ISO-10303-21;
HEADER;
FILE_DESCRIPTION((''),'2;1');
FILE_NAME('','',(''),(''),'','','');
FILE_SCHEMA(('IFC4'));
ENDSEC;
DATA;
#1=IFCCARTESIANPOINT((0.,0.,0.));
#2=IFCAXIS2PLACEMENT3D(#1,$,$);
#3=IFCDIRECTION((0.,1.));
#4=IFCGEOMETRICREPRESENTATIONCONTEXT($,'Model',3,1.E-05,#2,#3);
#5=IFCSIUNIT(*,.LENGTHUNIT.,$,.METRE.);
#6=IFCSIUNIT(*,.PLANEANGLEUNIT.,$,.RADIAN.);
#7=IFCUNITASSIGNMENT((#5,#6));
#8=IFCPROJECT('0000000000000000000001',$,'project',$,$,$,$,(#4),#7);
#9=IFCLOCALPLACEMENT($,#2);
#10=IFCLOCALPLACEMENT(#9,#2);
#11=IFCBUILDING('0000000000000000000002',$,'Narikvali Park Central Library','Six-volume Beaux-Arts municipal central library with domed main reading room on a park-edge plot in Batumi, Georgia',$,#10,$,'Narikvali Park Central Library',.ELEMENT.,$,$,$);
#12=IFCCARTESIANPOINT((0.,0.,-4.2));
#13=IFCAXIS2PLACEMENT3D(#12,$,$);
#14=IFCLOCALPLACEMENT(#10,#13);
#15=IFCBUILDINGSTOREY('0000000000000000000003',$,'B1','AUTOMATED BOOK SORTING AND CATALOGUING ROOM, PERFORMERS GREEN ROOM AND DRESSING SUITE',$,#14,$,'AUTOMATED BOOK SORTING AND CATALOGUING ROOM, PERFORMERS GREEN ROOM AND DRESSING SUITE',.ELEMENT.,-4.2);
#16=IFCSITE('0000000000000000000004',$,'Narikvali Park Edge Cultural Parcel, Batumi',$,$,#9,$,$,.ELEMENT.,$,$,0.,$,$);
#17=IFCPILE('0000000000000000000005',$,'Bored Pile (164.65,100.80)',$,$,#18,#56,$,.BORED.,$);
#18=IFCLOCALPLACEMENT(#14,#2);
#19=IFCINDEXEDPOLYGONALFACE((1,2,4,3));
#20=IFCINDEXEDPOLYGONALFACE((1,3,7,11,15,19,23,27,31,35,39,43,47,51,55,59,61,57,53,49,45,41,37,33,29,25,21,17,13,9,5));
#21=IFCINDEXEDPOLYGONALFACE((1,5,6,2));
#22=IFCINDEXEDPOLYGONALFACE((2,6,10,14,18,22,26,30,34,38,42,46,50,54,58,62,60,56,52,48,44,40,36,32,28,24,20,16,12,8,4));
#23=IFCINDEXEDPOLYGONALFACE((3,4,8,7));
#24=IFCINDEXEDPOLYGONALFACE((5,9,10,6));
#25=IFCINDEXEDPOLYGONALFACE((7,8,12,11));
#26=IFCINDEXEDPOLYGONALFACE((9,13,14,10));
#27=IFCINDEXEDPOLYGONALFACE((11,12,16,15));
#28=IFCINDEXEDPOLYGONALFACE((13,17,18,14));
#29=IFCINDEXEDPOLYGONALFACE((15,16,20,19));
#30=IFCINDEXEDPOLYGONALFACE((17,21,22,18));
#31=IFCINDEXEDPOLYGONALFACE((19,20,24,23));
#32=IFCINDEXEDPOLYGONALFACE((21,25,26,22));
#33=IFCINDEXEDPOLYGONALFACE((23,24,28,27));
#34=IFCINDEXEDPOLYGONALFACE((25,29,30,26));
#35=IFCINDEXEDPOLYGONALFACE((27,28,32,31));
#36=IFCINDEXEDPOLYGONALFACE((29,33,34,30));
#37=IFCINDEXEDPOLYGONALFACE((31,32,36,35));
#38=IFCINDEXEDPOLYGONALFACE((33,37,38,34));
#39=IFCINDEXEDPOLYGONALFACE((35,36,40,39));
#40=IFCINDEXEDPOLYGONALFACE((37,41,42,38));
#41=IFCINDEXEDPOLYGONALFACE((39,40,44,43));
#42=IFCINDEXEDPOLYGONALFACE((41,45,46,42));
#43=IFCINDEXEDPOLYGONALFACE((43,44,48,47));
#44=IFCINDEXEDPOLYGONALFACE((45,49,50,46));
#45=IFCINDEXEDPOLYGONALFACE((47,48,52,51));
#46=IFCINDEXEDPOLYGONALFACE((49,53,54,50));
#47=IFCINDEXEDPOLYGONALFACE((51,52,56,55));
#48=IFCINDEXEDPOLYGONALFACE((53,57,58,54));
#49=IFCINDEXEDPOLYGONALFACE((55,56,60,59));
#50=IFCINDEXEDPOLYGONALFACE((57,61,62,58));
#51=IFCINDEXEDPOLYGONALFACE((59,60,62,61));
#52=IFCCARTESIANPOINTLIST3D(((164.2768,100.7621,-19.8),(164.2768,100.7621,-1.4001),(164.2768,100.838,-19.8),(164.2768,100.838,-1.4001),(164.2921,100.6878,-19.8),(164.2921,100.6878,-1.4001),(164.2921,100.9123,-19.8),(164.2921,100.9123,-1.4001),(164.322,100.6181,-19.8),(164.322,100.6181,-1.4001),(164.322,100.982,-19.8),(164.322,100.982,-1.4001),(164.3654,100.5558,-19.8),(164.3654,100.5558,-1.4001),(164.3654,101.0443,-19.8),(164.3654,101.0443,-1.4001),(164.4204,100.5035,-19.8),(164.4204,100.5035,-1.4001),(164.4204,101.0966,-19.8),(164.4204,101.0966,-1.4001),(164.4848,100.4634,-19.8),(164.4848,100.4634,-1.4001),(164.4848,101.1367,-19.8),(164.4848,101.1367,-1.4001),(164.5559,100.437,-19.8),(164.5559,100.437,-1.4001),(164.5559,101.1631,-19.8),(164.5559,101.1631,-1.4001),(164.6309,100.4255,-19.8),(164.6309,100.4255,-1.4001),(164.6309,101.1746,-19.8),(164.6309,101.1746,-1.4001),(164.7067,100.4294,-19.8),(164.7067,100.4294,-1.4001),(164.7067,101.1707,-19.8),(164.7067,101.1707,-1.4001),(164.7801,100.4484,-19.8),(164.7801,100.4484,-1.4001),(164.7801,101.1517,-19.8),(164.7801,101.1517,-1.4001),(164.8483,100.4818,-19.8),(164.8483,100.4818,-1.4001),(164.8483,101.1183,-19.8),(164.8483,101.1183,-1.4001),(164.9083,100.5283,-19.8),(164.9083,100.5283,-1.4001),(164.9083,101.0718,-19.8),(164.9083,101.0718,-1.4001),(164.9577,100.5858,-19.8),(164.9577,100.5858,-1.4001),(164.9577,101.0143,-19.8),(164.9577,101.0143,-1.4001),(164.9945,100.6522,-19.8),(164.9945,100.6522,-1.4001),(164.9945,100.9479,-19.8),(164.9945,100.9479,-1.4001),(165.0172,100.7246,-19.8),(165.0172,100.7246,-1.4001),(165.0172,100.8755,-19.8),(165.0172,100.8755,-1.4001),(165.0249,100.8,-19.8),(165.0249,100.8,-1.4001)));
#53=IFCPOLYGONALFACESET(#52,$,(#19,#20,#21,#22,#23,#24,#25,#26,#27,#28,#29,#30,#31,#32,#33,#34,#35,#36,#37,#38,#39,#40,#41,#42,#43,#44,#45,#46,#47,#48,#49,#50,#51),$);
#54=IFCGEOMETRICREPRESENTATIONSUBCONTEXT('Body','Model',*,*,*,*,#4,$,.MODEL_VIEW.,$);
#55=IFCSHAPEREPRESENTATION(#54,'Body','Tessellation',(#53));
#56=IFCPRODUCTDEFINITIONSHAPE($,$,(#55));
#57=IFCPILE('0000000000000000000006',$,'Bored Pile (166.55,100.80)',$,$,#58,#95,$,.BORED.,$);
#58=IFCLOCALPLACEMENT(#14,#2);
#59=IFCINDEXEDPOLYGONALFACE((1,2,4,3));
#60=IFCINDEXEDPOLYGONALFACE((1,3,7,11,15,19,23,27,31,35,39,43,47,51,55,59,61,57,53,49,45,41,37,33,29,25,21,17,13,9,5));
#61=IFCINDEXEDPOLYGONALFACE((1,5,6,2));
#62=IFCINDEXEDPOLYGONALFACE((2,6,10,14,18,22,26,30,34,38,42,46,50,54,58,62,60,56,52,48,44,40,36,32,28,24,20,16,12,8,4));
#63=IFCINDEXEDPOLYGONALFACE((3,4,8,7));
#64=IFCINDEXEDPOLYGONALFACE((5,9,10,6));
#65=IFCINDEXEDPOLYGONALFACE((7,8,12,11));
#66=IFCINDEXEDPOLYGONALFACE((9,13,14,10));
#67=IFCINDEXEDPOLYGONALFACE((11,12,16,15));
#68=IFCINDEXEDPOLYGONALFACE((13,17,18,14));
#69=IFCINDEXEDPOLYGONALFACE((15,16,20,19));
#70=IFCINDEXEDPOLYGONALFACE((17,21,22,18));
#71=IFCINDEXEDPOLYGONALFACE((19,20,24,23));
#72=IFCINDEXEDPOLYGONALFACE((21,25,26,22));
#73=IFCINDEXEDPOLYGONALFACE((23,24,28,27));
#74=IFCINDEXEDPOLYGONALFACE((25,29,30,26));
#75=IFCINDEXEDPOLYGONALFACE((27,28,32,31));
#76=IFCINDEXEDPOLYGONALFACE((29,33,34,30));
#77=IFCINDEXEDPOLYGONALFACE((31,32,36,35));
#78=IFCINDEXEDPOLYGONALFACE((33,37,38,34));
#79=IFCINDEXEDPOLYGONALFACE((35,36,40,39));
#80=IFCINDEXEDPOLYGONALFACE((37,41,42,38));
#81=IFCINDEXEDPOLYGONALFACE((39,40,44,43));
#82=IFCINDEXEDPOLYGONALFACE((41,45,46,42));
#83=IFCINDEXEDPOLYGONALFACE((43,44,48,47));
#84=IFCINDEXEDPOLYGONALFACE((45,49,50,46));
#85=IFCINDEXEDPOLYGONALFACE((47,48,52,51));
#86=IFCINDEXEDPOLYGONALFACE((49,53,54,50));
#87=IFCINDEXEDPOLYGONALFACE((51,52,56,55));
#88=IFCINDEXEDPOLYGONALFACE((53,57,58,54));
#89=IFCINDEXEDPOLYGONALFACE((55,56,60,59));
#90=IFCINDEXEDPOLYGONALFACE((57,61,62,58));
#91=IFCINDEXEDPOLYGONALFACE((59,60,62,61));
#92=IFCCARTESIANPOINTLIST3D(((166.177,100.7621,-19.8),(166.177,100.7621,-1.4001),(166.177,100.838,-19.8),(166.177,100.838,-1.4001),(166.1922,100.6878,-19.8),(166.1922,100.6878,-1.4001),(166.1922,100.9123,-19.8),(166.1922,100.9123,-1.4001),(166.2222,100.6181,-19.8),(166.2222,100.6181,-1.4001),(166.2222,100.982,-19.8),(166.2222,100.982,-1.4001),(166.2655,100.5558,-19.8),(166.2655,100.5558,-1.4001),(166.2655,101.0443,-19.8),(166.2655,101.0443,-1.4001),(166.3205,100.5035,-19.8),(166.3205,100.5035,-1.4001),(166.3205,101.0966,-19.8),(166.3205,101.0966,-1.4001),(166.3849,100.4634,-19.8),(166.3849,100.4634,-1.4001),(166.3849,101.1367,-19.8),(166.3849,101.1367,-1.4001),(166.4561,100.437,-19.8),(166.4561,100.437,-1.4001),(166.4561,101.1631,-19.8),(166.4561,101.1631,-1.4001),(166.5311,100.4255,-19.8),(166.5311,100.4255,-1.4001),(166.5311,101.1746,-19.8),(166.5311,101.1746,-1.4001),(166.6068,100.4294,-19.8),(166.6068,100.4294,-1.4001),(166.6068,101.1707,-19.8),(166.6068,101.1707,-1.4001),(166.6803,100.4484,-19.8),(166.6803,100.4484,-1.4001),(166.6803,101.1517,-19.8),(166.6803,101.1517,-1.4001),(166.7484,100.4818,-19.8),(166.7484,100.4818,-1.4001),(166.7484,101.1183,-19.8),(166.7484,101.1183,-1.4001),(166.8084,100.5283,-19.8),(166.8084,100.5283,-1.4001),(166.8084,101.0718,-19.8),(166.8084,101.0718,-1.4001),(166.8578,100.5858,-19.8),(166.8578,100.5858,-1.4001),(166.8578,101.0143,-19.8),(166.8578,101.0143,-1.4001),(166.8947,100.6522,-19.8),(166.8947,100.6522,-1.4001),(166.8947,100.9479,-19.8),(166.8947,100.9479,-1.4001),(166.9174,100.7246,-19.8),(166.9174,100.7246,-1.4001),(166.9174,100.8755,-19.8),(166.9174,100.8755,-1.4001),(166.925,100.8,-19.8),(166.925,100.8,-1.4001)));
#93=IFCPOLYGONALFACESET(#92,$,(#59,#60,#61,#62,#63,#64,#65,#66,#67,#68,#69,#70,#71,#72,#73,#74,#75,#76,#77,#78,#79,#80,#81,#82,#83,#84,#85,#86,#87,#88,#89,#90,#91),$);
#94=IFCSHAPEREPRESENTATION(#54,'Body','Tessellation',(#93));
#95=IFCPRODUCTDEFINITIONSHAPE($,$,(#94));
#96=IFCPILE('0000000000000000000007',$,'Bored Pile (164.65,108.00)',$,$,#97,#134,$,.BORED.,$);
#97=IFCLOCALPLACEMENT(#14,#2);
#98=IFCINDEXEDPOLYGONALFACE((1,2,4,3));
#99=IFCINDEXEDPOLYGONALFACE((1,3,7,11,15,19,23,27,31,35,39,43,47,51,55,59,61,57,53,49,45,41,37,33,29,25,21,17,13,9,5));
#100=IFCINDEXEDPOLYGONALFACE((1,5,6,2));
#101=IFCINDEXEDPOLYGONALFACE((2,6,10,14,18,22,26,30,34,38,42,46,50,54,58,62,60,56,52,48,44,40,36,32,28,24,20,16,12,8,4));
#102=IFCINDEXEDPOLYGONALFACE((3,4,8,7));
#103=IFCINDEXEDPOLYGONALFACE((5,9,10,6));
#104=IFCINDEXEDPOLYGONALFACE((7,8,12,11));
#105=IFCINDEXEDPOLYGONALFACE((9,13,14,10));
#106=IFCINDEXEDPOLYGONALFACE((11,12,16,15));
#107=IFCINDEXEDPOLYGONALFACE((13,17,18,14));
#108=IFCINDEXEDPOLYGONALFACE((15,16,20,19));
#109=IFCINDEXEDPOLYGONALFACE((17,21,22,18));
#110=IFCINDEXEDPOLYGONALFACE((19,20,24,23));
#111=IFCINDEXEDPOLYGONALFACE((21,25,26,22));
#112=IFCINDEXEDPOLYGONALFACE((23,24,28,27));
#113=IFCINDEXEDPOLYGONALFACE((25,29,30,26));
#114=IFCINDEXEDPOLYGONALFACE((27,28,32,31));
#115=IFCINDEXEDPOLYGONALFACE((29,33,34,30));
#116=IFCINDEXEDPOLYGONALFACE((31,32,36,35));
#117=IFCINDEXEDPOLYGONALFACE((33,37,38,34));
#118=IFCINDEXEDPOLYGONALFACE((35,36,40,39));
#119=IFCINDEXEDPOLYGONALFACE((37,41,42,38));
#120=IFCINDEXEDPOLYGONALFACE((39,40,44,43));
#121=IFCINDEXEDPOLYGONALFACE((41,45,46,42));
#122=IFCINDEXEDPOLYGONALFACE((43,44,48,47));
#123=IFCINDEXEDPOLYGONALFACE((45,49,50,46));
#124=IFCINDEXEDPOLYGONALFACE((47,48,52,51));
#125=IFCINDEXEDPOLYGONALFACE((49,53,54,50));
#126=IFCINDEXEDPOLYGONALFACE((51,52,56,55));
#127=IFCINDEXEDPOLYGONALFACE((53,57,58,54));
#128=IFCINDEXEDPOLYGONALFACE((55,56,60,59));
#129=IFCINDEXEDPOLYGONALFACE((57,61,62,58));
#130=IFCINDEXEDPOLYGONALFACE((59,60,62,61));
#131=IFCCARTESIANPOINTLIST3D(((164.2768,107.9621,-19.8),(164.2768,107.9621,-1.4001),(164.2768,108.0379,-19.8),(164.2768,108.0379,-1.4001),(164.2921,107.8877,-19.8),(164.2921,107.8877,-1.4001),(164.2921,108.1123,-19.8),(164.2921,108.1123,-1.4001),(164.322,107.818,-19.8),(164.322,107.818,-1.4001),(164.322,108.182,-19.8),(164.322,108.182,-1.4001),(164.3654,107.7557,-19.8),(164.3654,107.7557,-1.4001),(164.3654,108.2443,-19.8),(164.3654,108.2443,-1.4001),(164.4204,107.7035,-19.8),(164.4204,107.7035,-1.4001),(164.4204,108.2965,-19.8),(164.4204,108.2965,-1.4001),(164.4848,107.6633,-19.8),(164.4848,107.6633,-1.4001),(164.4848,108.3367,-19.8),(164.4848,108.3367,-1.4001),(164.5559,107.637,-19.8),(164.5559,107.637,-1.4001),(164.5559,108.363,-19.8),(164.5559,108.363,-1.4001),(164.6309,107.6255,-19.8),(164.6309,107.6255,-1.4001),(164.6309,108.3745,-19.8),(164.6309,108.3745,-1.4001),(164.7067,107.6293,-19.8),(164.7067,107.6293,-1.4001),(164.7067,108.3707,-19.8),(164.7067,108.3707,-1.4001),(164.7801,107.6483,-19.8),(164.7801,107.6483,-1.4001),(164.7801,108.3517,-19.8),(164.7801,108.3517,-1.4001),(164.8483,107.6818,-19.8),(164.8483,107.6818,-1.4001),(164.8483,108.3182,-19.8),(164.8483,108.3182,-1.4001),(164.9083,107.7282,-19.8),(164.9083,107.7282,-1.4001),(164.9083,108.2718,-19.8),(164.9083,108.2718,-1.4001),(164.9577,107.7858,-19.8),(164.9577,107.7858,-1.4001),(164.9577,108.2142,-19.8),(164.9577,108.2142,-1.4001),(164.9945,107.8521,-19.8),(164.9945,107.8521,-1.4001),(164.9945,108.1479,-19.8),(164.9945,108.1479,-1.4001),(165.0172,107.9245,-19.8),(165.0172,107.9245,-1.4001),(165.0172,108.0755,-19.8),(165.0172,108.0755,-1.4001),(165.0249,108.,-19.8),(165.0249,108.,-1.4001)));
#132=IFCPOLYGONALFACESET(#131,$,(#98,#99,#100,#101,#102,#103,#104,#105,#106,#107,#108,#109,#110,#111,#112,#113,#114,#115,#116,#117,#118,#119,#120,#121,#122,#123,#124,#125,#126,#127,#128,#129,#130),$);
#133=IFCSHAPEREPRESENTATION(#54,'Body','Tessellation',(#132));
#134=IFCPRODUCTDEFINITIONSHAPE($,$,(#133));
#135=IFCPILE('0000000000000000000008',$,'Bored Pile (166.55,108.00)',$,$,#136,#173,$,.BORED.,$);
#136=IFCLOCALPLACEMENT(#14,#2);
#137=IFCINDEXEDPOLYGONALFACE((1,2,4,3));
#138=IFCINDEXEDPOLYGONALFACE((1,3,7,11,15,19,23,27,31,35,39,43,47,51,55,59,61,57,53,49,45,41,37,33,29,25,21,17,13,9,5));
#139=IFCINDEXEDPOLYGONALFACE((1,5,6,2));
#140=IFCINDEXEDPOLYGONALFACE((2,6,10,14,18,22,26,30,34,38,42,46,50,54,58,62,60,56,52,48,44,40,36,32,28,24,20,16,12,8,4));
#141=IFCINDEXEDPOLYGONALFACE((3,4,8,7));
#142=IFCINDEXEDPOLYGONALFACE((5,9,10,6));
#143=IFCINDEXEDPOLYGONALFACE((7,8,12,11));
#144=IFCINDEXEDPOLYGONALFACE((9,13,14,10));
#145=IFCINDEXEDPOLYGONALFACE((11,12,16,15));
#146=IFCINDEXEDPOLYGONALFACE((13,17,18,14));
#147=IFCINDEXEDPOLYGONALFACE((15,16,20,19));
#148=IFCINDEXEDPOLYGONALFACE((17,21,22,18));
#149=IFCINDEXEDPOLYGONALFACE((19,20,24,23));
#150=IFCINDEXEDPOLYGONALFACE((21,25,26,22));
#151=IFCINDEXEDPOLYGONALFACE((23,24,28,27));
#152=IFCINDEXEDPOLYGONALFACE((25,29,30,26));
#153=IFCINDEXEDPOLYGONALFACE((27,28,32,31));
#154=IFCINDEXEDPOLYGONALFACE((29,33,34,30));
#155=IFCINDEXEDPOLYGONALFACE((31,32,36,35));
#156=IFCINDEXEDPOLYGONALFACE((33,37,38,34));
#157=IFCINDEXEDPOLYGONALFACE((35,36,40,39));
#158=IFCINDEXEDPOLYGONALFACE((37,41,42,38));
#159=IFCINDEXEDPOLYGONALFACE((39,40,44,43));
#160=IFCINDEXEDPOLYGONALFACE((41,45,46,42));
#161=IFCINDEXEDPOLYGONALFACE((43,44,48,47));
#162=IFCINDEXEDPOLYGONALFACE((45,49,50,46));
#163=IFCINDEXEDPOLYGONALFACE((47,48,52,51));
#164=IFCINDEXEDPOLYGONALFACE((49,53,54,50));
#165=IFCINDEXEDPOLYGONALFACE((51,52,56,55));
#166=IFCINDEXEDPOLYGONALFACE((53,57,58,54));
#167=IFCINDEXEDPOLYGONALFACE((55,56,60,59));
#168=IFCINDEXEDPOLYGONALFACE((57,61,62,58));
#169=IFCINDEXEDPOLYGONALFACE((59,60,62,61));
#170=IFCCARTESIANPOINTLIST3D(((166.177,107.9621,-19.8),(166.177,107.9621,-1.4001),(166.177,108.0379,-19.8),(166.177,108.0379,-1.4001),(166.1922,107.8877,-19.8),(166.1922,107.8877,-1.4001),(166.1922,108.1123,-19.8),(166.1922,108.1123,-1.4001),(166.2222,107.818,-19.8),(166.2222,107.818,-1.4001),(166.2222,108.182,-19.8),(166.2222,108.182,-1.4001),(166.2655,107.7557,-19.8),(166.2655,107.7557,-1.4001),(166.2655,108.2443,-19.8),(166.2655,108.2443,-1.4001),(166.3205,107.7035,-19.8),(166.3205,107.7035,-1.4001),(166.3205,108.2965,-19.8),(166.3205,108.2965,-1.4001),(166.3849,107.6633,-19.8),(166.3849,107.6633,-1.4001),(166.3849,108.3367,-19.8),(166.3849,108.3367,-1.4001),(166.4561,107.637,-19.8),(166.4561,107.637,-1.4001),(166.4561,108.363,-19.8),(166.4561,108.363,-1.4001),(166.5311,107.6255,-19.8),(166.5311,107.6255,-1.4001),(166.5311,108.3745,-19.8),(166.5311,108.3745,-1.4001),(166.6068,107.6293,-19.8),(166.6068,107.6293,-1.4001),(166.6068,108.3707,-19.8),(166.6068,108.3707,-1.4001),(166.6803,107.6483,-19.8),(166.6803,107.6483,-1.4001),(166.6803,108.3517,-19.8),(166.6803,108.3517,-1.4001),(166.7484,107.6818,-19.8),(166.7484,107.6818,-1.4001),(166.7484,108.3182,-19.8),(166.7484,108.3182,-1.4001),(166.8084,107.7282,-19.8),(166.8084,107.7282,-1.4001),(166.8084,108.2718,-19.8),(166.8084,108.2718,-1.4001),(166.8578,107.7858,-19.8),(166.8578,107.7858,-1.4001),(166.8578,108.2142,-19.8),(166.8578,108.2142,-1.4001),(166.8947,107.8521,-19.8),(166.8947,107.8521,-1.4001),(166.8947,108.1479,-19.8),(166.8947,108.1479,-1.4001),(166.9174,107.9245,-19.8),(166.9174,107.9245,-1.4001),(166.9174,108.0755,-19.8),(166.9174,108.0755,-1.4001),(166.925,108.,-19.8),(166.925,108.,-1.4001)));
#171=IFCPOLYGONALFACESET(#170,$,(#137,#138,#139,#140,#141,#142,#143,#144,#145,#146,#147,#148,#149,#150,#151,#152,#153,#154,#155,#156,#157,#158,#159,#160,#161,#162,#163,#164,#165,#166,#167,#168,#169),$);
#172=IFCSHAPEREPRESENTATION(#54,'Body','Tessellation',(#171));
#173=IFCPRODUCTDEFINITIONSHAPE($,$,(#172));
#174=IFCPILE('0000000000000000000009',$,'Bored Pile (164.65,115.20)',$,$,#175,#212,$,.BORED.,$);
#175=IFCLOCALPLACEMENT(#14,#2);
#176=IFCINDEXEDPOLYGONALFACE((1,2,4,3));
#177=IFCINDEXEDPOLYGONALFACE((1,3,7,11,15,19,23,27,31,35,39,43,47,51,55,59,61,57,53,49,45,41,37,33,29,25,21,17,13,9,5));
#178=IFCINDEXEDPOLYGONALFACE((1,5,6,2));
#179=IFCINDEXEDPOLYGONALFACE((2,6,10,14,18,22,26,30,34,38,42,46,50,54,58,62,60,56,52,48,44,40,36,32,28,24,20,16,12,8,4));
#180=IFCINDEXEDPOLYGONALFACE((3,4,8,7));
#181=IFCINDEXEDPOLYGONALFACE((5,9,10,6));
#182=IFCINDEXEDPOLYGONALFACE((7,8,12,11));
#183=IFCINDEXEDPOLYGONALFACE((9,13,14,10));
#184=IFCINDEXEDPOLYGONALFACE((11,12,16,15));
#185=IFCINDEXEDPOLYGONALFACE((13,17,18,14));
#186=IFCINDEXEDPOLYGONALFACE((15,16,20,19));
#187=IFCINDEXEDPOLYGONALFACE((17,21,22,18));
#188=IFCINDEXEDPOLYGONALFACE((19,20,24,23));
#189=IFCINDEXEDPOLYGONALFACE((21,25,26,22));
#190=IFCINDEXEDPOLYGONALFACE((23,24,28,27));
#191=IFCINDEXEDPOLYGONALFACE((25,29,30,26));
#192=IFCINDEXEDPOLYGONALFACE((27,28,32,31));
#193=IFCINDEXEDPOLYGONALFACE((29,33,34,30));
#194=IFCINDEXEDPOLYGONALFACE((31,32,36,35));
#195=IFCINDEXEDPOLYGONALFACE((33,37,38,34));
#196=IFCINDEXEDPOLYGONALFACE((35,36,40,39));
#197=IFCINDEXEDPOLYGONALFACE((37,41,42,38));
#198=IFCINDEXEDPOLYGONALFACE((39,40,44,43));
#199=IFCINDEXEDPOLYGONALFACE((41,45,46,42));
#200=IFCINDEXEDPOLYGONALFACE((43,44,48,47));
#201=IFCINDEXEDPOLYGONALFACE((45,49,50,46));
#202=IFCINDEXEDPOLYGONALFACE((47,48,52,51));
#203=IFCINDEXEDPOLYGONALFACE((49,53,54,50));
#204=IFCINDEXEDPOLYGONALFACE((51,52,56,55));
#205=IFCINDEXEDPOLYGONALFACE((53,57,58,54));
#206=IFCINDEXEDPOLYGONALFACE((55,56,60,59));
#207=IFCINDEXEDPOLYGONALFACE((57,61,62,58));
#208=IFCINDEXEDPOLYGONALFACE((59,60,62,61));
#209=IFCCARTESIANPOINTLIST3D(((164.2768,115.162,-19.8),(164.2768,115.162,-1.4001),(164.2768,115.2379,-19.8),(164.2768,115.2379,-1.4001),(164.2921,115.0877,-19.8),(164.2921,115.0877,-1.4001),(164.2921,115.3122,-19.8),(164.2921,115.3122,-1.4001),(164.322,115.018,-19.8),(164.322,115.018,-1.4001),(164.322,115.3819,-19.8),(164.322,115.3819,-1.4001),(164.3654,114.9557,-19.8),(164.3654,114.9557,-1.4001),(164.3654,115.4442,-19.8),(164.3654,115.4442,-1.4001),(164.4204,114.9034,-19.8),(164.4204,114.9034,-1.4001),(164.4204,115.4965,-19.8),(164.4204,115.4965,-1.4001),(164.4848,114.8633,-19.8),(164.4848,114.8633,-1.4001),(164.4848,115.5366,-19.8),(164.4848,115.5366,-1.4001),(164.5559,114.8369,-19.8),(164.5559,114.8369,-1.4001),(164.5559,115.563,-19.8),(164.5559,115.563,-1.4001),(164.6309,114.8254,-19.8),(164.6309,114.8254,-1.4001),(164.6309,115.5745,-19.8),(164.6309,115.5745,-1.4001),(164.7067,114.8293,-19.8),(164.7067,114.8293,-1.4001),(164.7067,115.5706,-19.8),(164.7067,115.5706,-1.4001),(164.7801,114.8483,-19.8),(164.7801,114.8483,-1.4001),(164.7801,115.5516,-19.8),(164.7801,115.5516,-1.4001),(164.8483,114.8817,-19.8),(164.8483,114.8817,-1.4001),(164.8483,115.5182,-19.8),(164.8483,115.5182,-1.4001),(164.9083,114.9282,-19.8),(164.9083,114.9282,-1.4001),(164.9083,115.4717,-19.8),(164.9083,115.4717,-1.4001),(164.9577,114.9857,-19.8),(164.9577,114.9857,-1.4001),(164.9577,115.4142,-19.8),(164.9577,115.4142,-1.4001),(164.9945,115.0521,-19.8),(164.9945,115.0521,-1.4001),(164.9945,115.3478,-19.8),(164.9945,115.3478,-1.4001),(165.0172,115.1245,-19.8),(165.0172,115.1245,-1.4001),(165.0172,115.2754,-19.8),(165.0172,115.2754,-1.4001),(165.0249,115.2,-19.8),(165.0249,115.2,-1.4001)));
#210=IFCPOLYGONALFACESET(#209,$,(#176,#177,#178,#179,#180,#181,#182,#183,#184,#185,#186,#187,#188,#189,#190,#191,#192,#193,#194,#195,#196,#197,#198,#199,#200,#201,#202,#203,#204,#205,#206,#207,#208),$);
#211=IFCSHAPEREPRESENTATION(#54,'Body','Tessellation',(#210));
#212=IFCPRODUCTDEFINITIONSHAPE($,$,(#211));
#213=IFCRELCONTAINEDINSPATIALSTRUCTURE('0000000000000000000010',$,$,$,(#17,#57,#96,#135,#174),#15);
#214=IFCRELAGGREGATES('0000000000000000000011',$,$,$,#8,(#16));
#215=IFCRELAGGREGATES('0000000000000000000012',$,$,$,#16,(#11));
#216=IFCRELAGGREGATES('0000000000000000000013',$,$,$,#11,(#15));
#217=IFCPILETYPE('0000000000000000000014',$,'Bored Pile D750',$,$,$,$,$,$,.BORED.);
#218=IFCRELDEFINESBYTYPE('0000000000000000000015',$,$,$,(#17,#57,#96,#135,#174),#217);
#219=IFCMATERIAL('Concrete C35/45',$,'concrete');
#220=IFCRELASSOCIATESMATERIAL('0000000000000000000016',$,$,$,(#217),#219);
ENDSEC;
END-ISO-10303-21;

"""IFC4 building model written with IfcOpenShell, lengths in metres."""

from ifc_helpers import new_model, si_unit, direction, frame, origin, origin_2d, place, context, subcontext, project, spatial, circle, extrude, material, material_profile, profile_set, type_object, element, save


model = new_model("IFC4")

# Units and contexts
model_context = context("Model", 3, precision=1e-05, world=origin(), true_north=direction((0.0, 1.0)))
body_context = subcontext(model_context, "Body", "Model", "MODEL_VIEW")
ifc_project = project(units=[si_unit("LENGTHUNIT", "METRE"), si_unit("PLANEANGLEUNIT", "RADIAN")], contexts=[model_context])

# Site, building, storey
site_placement = place(None, origin())
site = spatial("IfcSite", under=ifc_project, at=site_placement, Name="Narikvali Park Edge Cultural Parcel, Batumi", CompositionType="ELEMENT", RefElevation=0.0)
building_placement = place(site_placement, origin())
building = spatial("IfcBuilding", under=site, at=building_placement, Name="Narikvali Park Central Library", Description="Six-volume Beaux-Arts municipal central library with domed main reading room on a park-edge plot in Batumi, Georgia", LongName="Narikvali Park Central Library", CompositionType="ELEMENT")
storey_placement = place(building_placement, frame((0.0, 0.0, -4.2)))
storey = spatial("IfcBuildingStorey", under=building, at=storey_placement, Name="B1", Description="AUTOMATED BOOK SORTING AND CATALOGUING ROOM, PERFORMERS GREEN ROOM AND DRESSING SUITE", LongName="AUTOMATED BOOK SORTING AND CATALOGUING ROOM, PERFORMERS GREEN ROOM AND DRESSING SUITE", CompositionType="ELEMENT", Elevation=-4.2)

# Piles
ifc_material_1 = material(Name="Concrete C35/45", Category="concrete")
ifc_material_profile_1 = material_profile(ifc_material_1, circle(Radius=0.375, at=origin_2d()), Name="PILE D750")
ifc_profile_set_1 = profile_set([ifc_material_profile_1], Name="Concrete C35/45")
pile_type = type_object("IfcPileType", Name="Bored Pile D750", PredefinedType="BORED", material=ifc_profile_set_1)
for number, where, z_axis, x_axis, name in (
    (1, (164.6499, 100.8, -1.4001), (0.0, 0.0, -1.0), (1.0, 0.0, 0.0), "Bored Pile (164.65,100.80)"),
    (2, (166.55, 100.8, -1.4001), (0.0, 0.0, -1.0), (1.0, 0.0, 0.0), "Bored Pile (166.55,100.80)"),
    (3, (164.6499, 108.0, -1.4001), (0.0, 0.0, -1.0), (1.0, 0.0, 0.0), "Bored Pile (164.65,108.00)"),
    (4, (166.55, 108.0, -1.4001), (0.0, 0.0, -1.0), (1.0, 0.0, 0.0), "Bored Pile (166.55,108.00)"),
    (5, (164.6499, 115.2, -1.4001), (0.0, 0.0, -1.0), (1.0, 0.0, 0.0), "Bored Pile (164.65,115.20)"),
):
    element("IfcPile", number, at=place(storey_placement, frame(where, z_axis=z_axis, x_axis=x_axis)), inside=storey, type_object=pile_type, Name=name, PredefinedType="BORED", context=body_context, shape_type="SweptSolid", body=[
        extrude(circle(Radius=0.375, at=origin_2d()), origin(), (0.0, 0.0, 1.0), 18.3999),
    ])

save(model, "model.ifc")
